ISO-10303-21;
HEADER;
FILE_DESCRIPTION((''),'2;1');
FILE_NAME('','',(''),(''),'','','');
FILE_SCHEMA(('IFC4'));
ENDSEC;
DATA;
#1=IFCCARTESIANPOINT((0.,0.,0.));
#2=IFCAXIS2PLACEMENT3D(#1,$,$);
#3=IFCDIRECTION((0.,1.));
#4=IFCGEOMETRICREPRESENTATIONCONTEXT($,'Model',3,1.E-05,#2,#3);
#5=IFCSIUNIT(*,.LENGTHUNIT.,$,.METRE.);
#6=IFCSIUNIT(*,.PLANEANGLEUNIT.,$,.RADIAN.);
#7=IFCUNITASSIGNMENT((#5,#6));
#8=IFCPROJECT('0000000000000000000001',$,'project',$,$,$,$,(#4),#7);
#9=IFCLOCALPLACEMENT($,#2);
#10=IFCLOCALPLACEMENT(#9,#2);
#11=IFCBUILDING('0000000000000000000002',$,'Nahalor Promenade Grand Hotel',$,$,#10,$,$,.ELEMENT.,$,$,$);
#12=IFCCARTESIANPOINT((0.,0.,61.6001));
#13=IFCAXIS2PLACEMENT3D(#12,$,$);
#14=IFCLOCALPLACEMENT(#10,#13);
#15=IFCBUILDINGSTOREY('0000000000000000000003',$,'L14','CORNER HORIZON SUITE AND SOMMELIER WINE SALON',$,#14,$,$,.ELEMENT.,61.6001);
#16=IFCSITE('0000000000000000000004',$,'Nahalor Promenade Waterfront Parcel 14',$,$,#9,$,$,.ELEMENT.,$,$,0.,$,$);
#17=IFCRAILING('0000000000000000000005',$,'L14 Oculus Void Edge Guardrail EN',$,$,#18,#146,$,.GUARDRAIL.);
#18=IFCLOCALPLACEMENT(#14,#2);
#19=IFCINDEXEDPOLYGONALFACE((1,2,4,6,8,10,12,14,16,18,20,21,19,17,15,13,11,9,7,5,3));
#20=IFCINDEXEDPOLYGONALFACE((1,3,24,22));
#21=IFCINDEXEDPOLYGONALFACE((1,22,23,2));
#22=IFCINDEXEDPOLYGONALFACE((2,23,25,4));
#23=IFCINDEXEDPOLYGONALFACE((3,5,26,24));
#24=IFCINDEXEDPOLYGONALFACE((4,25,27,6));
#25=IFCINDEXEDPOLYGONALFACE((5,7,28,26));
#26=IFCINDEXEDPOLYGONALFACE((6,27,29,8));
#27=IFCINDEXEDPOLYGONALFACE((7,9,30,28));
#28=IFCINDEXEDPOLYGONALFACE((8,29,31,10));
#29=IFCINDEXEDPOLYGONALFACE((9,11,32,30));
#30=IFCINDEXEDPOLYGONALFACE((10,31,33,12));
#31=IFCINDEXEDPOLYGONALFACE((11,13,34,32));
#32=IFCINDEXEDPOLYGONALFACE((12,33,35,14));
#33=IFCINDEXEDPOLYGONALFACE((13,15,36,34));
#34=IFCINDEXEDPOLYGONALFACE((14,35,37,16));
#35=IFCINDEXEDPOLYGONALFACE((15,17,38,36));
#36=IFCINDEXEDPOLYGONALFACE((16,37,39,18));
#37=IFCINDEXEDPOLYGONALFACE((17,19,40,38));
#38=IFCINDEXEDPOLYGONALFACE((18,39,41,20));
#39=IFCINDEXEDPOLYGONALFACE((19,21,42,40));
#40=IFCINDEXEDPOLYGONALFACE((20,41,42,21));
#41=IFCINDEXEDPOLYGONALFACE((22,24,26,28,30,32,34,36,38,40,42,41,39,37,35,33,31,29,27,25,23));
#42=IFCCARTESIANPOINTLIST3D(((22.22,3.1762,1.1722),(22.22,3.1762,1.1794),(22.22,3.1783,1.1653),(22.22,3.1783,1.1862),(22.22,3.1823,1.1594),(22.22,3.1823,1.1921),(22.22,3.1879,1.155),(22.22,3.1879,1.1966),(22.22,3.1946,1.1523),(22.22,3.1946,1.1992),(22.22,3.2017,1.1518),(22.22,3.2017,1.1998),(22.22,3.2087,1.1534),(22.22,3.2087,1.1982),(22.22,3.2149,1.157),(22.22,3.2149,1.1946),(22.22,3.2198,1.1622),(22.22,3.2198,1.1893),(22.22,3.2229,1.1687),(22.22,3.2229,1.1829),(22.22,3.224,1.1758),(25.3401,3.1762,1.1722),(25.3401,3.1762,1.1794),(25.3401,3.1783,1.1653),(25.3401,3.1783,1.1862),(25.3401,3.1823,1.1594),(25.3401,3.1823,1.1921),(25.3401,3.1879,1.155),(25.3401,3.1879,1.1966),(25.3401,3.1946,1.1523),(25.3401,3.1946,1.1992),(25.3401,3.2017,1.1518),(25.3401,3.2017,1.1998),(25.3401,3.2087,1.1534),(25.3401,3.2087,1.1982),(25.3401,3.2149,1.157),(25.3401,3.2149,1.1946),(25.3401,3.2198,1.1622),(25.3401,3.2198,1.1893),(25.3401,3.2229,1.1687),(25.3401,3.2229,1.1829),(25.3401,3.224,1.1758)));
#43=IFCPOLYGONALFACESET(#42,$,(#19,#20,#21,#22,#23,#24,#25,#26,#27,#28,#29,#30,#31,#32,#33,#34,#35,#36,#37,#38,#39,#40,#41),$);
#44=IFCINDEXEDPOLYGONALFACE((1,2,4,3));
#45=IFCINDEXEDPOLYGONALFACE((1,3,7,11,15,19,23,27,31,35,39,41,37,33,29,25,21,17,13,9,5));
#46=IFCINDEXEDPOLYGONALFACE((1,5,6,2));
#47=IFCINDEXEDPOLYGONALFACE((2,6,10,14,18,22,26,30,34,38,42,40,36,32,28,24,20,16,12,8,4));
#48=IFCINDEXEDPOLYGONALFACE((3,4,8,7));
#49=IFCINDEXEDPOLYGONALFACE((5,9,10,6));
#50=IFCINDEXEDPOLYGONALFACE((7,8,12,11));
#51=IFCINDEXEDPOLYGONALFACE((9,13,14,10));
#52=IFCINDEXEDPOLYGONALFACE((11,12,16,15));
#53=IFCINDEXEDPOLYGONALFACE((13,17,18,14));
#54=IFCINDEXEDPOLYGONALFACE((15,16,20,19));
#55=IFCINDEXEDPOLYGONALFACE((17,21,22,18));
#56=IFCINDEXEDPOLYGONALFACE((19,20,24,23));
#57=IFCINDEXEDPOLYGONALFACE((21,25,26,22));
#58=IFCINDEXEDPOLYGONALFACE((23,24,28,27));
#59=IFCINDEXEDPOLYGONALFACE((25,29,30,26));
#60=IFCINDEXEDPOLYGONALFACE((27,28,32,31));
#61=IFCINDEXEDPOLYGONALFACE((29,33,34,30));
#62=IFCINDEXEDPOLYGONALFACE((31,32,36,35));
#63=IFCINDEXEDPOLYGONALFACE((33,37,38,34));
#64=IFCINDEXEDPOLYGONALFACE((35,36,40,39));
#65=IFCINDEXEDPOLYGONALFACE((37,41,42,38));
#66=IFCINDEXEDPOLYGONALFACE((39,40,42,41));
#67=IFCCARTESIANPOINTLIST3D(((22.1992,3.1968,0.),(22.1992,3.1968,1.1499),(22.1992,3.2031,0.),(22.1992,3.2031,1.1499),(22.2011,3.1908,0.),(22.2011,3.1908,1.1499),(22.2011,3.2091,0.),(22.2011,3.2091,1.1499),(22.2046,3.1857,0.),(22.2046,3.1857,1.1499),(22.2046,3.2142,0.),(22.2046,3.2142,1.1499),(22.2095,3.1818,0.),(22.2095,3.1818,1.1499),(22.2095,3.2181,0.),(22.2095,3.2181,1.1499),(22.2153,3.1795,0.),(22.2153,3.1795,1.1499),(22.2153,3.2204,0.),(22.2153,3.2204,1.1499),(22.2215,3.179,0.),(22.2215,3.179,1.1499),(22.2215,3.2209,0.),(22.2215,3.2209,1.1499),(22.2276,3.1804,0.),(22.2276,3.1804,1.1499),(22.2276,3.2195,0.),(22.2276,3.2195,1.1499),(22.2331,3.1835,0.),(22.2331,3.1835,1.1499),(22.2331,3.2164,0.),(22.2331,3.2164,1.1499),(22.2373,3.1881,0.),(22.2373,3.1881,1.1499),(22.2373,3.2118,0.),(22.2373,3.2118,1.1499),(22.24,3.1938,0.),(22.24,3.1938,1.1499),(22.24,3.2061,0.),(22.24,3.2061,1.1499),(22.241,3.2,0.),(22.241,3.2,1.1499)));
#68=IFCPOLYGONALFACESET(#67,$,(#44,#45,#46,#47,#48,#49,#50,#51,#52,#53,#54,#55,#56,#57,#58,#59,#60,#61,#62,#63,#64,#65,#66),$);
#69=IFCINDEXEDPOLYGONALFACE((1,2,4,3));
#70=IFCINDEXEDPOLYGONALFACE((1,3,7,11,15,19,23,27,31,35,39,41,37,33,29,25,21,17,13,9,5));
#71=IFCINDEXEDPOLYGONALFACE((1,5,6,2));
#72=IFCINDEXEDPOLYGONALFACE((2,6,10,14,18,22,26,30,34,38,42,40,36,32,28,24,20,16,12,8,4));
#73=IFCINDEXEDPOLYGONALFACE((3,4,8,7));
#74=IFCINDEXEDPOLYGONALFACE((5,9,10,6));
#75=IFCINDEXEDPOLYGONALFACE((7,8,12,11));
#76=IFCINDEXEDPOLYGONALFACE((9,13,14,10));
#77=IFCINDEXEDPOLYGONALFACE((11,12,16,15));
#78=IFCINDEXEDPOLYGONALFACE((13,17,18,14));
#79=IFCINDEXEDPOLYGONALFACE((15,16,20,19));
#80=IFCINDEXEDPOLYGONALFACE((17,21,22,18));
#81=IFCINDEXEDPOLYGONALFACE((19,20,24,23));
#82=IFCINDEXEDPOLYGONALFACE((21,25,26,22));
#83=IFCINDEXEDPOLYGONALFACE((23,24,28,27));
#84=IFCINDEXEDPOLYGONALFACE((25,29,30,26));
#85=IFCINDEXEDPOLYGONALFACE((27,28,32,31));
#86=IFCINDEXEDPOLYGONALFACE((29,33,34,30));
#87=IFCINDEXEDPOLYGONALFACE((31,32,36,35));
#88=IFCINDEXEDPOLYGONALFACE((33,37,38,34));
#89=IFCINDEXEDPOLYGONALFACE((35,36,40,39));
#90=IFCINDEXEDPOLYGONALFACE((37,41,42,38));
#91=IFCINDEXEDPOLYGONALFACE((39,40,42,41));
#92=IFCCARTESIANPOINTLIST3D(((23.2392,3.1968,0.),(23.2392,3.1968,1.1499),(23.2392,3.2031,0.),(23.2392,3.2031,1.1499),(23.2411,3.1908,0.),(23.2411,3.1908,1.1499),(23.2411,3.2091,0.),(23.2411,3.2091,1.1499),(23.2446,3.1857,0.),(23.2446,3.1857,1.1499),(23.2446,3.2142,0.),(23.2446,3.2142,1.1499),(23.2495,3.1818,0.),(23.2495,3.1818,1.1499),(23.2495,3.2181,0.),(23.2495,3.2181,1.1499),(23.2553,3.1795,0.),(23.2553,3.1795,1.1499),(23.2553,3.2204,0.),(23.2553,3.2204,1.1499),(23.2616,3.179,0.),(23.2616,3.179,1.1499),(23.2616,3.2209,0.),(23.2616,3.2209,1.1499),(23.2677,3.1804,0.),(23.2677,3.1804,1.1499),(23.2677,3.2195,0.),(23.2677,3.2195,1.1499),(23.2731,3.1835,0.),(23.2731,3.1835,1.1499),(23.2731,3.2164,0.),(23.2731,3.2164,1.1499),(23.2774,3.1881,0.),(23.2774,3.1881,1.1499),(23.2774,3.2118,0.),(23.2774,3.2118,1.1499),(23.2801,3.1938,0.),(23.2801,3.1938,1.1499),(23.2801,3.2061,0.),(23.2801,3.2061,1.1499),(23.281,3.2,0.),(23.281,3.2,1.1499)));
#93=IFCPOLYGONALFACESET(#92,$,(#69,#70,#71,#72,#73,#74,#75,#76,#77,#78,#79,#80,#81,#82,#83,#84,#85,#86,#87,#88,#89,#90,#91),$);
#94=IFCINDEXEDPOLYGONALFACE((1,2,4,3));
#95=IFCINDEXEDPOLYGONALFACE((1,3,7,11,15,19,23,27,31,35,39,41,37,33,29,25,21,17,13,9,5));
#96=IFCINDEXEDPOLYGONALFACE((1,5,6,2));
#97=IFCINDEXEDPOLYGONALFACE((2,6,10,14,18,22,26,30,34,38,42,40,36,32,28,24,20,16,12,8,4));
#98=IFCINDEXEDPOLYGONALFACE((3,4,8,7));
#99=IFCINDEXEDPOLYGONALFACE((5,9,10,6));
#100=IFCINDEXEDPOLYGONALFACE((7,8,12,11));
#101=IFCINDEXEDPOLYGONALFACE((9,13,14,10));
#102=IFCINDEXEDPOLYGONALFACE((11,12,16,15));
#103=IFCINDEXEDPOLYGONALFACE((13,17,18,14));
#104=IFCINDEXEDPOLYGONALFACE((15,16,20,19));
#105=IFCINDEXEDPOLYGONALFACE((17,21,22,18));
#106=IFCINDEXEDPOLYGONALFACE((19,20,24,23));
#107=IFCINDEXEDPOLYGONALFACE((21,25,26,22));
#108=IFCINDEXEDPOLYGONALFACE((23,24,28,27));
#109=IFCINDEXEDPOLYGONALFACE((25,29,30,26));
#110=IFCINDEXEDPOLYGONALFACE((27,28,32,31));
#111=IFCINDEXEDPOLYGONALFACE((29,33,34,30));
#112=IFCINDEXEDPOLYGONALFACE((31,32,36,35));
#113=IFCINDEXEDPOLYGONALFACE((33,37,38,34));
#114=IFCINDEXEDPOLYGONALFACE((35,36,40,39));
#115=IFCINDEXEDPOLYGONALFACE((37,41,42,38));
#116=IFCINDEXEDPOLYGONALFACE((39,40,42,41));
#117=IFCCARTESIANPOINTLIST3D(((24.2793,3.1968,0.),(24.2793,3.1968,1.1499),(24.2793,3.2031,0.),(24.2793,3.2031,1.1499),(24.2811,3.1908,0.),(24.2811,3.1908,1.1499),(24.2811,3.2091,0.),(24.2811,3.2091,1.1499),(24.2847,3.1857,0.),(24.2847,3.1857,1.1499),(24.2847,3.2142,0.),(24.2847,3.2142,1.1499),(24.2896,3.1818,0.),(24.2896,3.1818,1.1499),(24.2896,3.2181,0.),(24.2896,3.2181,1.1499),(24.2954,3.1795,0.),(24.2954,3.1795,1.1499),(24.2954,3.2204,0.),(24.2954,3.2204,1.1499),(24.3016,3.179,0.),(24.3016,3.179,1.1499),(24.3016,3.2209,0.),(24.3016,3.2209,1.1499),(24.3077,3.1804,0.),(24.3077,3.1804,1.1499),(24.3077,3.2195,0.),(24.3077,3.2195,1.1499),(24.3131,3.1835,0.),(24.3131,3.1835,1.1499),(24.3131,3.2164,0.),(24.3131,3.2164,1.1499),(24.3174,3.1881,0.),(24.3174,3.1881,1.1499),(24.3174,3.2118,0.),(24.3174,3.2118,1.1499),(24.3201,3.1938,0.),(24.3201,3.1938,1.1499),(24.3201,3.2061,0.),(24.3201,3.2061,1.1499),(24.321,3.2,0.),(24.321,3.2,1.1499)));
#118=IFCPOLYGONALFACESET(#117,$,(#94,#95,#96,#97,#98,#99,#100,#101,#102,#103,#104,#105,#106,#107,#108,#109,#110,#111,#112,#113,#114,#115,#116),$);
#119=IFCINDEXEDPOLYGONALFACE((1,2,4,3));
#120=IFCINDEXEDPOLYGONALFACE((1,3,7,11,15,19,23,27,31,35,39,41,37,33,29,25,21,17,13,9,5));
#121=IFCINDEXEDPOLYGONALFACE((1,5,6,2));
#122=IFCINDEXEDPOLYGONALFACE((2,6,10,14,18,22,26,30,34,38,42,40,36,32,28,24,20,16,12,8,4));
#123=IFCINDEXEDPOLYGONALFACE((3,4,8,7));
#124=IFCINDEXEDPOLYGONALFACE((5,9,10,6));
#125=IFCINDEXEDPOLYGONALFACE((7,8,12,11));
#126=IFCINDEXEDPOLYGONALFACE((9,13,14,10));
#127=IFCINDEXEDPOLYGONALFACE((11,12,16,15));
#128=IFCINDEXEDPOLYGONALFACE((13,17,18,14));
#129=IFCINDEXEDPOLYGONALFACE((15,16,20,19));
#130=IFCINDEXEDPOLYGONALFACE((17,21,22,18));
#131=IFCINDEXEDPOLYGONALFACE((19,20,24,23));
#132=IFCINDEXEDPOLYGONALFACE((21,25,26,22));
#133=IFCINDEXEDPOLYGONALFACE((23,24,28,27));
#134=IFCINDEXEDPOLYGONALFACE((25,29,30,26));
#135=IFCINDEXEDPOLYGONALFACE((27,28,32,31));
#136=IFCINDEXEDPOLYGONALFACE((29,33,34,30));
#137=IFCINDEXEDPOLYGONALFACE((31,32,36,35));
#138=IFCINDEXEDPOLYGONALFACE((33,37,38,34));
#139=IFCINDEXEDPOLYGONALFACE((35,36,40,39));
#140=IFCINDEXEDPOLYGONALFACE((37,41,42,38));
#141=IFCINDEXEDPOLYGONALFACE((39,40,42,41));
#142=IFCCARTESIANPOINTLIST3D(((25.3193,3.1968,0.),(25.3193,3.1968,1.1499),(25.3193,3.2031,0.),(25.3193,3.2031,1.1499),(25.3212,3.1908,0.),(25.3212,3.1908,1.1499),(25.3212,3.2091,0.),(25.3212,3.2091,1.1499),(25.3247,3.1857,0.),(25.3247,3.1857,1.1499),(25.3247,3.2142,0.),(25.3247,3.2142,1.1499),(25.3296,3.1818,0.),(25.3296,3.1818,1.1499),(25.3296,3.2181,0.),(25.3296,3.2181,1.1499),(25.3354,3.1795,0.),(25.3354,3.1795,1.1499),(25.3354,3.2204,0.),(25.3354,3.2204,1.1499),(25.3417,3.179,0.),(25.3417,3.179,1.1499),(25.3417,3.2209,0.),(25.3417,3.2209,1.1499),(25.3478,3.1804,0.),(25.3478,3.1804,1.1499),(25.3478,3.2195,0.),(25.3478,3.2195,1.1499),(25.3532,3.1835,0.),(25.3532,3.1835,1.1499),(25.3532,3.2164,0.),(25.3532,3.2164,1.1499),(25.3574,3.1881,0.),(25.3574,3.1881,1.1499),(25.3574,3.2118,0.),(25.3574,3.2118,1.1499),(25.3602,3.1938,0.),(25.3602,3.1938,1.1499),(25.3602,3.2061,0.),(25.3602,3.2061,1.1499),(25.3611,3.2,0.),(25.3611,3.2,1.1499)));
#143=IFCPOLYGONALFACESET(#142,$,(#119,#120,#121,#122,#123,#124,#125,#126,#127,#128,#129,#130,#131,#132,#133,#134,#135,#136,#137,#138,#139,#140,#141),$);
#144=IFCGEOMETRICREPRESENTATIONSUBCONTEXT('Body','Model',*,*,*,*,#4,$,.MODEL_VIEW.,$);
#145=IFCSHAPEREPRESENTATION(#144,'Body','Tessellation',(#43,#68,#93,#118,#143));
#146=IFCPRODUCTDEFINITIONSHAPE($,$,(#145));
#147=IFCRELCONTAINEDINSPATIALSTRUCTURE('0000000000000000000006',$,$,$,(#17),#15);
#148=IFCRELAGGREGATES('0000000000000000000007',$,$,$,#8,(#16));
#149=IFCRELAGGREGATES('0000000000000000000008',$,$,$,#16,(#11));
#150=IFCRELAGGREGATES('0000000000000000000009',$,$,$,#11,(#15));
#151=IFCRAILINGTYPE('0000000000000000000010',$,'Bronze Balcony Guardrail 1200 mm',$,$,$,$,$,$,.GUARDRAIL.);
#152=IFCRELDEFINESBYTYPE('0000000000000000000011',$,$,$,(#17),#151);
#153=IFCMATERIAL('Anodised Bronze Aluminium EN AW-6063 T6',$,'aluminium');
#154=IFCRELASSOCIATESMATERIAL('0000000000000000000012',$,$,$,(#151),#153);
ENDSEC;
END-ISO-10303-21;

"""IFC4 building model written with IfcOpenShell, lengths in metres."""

from ifc_helpers import new_model, si_unit, direction, frame, origin, origin_2d, place, context, subcontext, project, spatial, circle, extrude, material, type_object, element, save


model = new_model("IFC4")

# Units and contexts
model_context = context("Model", 3, precision=1e-05, world=origin(), true_north=direction((0.0, 1.0)))
body_context = subcontext(model_context, "Body", "Model", "MODEL_VIEW")
ifc_project = project(units=[si_unit("LENGTHUNIT", "METRE"), si_unit("PLANEANGLEUNIT", "RADIAN")], contexts=[model_context])

# Site, building, storey
site_placement = place(None, origin())
site = spatial("IfcSite", under=ifc_project, at=site_placement, Name="Nahalor Promenade Waterfront Parcel 14", CompositionType="ELEMENT", RefElevation=0.0)
building_placement = place(site_placement, origin())
building = spatial("IfcBuilding", under=site, at=building_placement, Name="Nahalor Promenade Grand Hotel", CompositionType="ELEMENT")
storey_placement = place(building_placement, frame((0.0, 0.0, 61.6001)))
storey = spatial("IfcBuildingStorey", under=building, at=storey_placement, Name="L14", Description="CORNER HORIZON SUITE AND SOMMELIER WINE SALON", CompositionType="ELEMENT", Elevation=61.6001)

# Shared definitions
ifc_material_1 = material(Name="Anodised Bronze Aluminium EN AW-6063 T6", Category="aluminium")

# Railing
railing_type = type_object("IfcRailingType", Name="Bronze Balcony Guardrail 1200 mm", PredefinedType="GUARDRAIL", material=ifc_material_1)
railing_placement = place(storey_placement, frame((22.22, 3.2, 0.0)))
element("IfcRailing", 1, at=railing_placement, inside=storey, type_object=railing_type, Name="L14 Oculus Void Edge Guardrail EN", PredefinedType="GUARDRAIL", context=body_context, shape_type="SweptSolid", body=[
    extrude(circle(Radius=0.024, at=origin_2d()), frame((0.0, 0.0, 1.1758), z_axis=(1.0, 0.0, 0.0), x_axis=(0.0, 1.0, 0.0)), (0.0, 0.0, 1.0), 3.1201),
    extrude(circle(Radius=0.021, at=origin_2d()), origin(), (0.0, 0.0, 1.0), 1.1499),
    extrude(circle(Radius=0.021, at=origin_2d()), frame((1.04, 0.0, 0.0)), (0.0, 0.0, 1.0), 1.1499),
    extrude(circle(Radius=0.021, at=origin_2d()), frame((2.0801, 0.0, 0.0)), (0.0, 0.0, 1.0), 1.1499),
    extrude(circle(Radius=0.021, at=origin_2d()), frame((3.1201, 0.0, 0.0)), (0.0, 0.0, 1.0), 1.1499),
])

save(model, "model.ifc")
